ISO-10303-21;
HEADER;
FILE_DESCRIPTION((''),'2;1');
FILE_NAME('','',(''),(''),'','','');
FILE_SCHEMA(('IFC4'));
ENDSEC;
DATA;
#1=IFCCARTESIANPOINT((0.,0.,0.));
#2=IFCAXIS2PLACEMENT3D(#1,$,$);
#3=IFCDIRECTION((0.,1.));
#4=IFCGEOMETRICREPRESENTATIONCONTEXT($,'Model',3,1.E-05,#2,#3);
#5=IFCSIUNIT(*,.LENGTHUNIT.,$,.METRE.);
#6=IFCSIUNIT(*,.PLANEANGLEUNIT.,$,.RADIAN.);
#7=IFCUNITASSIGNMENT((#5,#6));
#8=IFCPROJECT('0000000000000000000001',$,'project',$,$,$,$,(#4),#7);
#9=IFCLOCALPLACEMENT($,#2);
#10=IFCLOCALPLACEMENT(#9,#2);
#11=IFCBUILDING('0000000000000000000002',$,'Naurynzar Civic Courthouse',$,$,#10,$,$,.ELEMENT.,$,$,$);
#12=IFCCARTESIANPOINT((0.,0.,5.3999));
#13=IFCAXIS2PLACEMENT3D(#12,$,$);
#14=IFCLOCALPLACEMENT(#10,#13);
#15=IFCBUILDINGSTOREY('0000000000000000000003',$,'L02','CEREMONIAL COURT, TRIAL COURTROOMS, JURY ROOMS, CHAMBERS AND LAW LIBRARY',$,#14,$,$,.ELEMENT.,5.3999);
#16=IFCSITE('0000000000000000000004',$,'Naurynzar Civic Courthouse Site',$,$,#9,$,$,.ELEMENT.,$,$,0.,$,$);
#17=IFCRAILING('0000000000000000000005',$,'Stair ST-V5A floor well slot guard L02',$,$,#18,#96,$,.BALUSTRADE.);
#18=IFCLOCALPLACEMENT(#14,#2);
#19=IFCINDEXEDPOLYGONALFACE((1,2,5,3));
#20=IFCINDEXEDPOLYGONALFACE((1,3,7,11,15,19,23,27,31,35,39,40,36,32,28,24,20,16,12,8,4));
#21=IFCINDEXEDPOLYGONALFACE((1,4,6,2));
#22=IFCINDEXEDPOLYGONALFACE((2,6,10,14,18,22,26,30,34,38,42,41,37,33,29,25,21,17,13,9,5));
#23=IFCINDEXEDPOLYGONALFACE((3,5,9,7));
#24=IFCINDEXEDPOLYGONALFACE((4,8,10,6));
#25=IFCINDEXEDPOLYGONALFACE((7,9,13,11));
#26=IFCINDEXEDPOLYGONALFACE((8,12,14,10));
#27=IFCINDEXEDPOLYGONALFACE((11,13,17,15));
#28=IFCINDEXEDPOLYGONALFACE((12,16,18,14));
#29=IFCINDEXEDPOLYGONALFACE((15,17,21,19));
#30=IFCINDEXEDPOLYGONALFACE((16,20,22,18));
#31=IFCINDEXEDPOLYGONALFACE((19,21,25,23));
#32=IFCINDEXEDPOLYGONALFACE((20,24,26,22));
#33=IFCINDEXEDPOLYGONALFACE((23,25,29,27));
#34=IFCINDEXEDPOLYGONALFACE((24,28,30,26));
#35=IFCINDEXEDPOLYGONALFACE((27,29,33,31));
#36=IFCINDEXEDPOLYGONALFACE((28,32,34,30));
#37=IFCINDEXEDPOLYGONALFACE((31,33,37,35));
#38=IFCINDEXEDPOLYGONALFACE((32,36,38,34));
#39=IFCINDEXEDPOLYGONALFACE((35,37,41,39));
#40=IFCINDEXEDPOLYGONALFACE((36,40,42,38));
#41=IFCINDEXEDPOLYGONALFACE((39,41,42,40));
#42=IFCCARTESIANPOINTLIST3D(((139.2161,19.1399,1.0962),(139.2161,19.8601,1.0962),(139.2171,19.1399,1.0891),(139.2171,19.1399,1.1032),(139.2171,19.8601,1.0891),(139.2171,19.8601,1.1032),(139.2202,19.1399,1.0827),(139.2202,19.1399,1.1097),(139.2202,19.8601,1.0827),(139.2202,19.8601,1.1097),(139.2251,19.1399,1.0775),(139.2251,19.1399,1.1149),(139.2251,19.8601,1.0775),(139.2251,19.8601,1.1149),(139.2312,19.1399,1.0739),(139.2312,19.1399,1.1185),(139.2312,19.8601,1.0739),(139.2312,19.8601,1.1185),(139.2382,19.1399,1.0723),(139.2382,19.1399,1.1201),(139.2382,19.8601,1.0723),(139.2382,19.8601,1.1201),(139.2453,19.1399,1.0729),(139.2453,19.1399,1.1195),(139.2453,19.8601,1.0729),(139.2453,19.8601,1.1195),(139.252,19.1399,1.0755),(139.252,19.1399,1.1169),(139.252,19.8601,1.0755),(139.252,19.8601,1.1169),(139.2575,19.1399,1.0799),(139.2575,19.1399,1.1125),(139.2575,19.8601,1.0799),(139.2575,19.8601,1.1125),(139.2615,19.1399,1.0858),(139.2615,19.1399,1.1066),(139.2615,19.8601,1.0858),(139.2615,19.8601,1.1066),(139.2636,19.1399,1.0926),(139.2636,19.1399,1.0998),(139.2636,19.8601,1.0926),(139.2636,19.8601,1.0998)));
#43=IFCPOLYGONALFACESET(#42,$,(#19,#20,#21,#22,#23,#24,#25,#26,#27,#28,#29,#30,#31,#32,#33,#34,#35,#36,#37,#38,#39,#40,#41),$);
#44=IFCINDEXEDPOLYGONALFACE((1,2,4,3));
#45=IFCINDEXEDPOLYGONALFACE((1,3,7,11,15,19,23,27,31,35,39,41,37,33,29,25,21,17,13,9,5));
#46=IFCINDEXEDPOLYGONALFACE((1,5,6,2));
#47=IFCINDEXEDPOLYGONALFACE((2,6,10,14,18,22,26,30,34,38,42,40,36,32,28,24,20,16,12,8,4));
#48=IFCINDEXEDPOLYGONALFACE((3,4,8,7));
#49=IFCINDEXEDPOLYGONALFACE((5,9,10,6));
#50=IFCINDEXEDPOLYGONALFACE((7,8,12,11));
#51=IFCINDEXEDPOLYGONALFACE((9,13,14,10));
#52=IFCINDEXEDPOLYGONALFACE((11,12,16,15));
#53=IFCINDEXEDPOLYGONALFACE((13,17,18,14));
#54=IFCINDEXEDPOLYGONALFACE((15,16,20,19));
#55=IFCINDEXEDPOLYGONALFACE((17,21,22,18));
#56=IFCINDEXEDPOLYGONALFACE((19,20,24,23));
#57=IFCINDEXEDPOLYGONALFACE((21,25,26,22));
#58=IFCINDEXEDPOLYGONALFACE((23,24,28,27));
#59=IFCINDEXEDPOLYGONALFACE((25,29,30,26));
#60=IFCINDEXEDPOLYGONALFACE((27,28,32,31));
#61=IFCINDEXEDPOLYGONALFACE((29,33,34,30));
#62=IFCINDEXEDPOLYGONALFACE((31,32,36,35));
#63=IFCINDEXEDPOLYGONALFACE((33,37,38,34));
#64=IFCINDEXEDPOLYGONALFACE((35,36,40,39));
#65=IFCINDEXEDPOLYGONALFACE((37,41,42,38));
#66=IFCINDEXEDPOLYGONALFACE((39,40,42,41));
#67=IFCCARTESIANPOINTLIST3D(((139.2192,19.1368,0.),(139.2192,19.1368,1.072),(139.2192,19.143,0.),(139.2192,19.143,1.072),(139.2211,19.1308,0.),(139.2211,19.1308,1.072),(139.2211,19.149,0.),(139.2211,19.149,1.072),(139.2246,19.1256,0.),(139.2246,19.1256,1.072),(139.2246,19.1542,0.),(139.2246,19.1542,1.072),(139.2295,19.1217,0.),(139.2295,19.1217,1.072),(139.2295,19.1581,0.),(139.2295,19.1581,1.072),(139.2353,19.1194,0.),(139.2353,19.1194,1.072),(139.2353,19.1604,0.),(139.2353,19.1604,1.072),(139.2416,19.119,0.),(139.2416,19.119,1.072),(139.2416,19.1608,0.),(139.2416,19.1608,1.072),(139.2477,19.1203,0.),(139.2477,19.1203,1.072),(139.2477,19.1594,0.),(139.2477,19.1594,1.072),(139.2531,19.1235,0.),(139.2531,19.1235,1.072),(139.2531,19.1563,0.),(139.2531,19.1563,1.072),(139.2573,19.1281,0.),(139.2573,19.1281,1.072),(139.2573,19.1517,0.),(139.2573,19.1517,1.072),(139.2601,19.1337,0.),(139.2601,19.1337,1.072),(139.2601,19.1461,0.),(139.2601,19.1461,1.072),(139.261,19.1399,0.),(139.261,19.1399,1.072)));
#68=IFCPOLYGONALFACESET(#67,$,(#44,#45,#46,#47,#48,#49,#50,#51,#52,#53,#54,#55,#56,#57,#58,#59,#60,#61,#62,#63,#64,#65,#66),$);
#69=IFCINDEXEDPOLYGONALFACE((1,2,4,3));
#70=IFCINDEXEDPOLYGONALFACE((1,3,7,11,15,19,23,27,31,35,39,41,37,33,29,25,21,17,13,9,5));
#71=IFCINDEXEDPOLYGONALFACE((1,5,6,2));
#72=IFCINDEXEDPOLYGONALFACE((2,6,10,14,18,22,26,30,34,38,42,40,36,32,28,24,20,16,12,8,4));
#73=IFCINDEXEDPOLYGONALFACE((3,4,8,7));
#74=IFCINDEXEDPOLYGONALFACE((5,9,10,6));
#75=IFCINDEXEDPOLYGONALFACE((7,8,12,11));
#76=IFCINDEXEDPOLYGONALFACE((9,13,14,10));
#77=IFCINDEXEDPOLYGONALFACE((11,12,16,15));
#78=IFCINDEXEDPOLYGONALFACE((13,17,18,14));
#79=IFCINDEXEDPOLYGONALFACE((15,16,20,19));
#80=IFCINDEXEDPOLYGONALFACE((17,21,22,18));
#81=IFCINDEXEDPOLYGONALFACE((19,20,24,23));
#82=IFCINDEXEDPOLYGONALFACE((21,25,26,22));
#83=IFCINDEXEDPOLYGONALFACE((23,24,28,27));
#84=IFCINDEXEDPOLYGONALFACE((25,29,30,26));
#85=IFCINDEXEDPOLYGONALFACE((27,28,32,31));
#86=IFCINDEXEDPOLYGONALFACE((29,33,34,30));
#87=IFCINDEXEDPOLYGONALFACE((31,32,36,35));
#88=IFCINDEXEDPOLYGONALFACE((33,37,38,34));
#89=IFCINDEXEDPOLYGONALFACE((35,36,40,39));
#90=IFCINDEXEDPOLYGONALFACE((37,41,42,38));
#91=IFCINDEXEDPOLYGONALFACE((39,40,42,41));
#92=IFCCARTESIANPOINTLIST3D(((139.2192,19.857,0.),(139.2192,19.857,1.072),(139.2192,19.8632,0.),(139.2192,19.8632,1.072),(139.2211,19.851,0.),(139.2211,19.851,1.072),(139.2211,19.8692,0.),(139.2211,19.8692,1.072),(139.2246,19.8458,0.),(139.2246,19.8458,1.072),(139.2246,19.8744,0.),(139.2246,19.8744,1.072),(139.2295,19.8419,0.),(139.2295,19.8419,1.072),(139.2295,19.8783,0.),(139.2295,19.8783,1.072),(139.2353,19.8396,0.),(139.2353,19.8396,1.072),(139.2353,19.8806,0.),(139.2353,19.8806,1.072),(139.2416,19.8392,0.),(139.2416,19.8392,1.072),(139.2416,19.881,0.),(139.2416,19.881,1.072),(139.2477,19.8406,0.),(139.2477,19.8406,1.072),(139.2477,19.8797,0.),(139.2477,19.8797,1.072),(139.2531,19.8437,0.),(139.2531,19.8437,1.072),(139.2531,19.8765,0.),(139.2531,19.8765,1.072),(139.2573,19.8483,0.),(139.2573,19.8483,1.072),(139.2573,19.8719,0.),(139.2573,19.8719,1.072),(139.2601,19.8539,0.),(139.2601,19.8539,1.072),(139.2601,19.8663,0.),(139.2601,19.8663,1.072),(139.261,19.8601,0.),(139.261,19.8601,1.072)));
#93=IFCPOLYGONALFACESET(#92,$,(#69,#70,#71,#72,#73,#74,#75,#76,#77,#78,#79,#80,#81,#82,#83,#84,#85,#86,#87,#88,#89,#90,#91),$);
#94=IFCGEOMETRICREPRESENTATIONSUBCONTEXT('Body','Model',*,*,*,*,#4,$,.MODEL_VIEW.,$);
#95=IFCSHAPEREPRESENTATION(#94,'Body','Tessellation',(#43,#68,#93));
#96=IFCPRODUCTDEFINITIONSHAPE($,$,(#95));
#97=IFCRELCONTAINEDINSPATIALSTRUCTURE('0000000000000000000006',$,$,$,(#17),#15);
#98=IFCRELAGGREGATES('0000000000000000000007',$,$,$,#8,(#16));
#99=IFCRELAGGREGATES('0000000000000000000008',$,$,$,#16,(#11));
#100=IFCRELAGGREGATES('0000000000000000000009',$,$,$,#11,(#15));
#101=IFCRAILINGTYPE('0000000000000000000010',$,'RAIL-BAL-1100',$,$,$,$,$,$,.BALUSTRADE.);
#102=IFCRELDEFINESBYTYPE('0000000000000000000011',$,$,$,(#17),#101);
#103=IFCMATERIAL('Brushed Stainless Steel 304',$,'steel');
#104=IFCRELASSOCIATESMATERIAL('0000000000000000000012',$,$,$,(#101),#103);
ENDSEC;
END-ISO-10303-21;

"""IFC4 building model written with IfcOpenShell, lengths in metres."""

from ifc_helpers import new_model, si_unit, direction, frame, origin, origin_2d, place, context, subcontext, project, spatial, circle, extrude, material, type_object, element, save


model = new_model("IFC4")

# Units and contexts
model_context = context("Model", 3, precision=1e-05, world=origin(), true_north=direction((0.0, 1.0)))
body_context = subcontext(model_context, "Body", "Model", "MODEL_VIEW")
ifc_project = project(units=[si_unit("LENGTHUNIT", "METRE"), si_unit("PLANEANGLEUNIT", "RADIAN")], contexts=[model_context])

# Site, building, storey
site_placement = place(None, origin())
site = spatial("IfcSite", under=ifc_project, at=site_placement, Name="Naurynzar Civic Courthouse Site", CompositionType="ELEMENT", RefElevation=0.0)
building_placement = place(site_placement, origin())
building = spatial("IfcBuilding", under=site, at=building_placement, Name="Naurynzar Civic Courthouse", CompositionType="ELEMENT")
storey_placement = place(building_placement, frame((0.0, 0.0, 5.3999)))
storey = spatial("IfcBuildingStorey", under=building, at=storey_placement, Name="L02", Description="CEREMONIAL COURT, TRIAL COURTROOMS, JURY ROOMS, CHAMBERS AND LAW LIBRARY", CompositionType="ELEMENT", Elevation=5.3999)

# Railing
ifc_material_1 = material(Name="Brushed Stainless Steel 304", Category="steel")
railing_type_1 = type_object("IfcRailingType", Name="RAIL-BAL-1100", PredefinedType="BALUSTRADE", material=ifc_material_1)
railing_1_placement = place(storey_placement, frame((139.24, 19.1399, 0.0)))
element("IfcRailing", 1, at=railing_1_placement, inside=storey, type_object=railing_type_1, Name="Stair ST-V5A floor well slot guard L02", PredefinedType="BALUSTRADE", context=body_context, shape_type="SweptSolid", body=[
    extrude(circle(Radius=0.0239, at=origin_2d()), frame((0.0, 0.0, 1.0962), z_axis=(0.0, 1.0, 0.0), x_axis=(-1.0, 0.0, 0.0)), (0.0, 0.0, 1.0), 0.7202),
    extrude(circle(Radius=0.021, at=origin_2d()), origin(), (0.0, 0.0, 1.0), 1.072),
    extrude(circle(Radius=0.021, at=origin_2d()), frame((0.0, 0.7202, 0.0)), (0.0, 0.0, 1.0), 1.072),
])

save(model, "model.ifc")
